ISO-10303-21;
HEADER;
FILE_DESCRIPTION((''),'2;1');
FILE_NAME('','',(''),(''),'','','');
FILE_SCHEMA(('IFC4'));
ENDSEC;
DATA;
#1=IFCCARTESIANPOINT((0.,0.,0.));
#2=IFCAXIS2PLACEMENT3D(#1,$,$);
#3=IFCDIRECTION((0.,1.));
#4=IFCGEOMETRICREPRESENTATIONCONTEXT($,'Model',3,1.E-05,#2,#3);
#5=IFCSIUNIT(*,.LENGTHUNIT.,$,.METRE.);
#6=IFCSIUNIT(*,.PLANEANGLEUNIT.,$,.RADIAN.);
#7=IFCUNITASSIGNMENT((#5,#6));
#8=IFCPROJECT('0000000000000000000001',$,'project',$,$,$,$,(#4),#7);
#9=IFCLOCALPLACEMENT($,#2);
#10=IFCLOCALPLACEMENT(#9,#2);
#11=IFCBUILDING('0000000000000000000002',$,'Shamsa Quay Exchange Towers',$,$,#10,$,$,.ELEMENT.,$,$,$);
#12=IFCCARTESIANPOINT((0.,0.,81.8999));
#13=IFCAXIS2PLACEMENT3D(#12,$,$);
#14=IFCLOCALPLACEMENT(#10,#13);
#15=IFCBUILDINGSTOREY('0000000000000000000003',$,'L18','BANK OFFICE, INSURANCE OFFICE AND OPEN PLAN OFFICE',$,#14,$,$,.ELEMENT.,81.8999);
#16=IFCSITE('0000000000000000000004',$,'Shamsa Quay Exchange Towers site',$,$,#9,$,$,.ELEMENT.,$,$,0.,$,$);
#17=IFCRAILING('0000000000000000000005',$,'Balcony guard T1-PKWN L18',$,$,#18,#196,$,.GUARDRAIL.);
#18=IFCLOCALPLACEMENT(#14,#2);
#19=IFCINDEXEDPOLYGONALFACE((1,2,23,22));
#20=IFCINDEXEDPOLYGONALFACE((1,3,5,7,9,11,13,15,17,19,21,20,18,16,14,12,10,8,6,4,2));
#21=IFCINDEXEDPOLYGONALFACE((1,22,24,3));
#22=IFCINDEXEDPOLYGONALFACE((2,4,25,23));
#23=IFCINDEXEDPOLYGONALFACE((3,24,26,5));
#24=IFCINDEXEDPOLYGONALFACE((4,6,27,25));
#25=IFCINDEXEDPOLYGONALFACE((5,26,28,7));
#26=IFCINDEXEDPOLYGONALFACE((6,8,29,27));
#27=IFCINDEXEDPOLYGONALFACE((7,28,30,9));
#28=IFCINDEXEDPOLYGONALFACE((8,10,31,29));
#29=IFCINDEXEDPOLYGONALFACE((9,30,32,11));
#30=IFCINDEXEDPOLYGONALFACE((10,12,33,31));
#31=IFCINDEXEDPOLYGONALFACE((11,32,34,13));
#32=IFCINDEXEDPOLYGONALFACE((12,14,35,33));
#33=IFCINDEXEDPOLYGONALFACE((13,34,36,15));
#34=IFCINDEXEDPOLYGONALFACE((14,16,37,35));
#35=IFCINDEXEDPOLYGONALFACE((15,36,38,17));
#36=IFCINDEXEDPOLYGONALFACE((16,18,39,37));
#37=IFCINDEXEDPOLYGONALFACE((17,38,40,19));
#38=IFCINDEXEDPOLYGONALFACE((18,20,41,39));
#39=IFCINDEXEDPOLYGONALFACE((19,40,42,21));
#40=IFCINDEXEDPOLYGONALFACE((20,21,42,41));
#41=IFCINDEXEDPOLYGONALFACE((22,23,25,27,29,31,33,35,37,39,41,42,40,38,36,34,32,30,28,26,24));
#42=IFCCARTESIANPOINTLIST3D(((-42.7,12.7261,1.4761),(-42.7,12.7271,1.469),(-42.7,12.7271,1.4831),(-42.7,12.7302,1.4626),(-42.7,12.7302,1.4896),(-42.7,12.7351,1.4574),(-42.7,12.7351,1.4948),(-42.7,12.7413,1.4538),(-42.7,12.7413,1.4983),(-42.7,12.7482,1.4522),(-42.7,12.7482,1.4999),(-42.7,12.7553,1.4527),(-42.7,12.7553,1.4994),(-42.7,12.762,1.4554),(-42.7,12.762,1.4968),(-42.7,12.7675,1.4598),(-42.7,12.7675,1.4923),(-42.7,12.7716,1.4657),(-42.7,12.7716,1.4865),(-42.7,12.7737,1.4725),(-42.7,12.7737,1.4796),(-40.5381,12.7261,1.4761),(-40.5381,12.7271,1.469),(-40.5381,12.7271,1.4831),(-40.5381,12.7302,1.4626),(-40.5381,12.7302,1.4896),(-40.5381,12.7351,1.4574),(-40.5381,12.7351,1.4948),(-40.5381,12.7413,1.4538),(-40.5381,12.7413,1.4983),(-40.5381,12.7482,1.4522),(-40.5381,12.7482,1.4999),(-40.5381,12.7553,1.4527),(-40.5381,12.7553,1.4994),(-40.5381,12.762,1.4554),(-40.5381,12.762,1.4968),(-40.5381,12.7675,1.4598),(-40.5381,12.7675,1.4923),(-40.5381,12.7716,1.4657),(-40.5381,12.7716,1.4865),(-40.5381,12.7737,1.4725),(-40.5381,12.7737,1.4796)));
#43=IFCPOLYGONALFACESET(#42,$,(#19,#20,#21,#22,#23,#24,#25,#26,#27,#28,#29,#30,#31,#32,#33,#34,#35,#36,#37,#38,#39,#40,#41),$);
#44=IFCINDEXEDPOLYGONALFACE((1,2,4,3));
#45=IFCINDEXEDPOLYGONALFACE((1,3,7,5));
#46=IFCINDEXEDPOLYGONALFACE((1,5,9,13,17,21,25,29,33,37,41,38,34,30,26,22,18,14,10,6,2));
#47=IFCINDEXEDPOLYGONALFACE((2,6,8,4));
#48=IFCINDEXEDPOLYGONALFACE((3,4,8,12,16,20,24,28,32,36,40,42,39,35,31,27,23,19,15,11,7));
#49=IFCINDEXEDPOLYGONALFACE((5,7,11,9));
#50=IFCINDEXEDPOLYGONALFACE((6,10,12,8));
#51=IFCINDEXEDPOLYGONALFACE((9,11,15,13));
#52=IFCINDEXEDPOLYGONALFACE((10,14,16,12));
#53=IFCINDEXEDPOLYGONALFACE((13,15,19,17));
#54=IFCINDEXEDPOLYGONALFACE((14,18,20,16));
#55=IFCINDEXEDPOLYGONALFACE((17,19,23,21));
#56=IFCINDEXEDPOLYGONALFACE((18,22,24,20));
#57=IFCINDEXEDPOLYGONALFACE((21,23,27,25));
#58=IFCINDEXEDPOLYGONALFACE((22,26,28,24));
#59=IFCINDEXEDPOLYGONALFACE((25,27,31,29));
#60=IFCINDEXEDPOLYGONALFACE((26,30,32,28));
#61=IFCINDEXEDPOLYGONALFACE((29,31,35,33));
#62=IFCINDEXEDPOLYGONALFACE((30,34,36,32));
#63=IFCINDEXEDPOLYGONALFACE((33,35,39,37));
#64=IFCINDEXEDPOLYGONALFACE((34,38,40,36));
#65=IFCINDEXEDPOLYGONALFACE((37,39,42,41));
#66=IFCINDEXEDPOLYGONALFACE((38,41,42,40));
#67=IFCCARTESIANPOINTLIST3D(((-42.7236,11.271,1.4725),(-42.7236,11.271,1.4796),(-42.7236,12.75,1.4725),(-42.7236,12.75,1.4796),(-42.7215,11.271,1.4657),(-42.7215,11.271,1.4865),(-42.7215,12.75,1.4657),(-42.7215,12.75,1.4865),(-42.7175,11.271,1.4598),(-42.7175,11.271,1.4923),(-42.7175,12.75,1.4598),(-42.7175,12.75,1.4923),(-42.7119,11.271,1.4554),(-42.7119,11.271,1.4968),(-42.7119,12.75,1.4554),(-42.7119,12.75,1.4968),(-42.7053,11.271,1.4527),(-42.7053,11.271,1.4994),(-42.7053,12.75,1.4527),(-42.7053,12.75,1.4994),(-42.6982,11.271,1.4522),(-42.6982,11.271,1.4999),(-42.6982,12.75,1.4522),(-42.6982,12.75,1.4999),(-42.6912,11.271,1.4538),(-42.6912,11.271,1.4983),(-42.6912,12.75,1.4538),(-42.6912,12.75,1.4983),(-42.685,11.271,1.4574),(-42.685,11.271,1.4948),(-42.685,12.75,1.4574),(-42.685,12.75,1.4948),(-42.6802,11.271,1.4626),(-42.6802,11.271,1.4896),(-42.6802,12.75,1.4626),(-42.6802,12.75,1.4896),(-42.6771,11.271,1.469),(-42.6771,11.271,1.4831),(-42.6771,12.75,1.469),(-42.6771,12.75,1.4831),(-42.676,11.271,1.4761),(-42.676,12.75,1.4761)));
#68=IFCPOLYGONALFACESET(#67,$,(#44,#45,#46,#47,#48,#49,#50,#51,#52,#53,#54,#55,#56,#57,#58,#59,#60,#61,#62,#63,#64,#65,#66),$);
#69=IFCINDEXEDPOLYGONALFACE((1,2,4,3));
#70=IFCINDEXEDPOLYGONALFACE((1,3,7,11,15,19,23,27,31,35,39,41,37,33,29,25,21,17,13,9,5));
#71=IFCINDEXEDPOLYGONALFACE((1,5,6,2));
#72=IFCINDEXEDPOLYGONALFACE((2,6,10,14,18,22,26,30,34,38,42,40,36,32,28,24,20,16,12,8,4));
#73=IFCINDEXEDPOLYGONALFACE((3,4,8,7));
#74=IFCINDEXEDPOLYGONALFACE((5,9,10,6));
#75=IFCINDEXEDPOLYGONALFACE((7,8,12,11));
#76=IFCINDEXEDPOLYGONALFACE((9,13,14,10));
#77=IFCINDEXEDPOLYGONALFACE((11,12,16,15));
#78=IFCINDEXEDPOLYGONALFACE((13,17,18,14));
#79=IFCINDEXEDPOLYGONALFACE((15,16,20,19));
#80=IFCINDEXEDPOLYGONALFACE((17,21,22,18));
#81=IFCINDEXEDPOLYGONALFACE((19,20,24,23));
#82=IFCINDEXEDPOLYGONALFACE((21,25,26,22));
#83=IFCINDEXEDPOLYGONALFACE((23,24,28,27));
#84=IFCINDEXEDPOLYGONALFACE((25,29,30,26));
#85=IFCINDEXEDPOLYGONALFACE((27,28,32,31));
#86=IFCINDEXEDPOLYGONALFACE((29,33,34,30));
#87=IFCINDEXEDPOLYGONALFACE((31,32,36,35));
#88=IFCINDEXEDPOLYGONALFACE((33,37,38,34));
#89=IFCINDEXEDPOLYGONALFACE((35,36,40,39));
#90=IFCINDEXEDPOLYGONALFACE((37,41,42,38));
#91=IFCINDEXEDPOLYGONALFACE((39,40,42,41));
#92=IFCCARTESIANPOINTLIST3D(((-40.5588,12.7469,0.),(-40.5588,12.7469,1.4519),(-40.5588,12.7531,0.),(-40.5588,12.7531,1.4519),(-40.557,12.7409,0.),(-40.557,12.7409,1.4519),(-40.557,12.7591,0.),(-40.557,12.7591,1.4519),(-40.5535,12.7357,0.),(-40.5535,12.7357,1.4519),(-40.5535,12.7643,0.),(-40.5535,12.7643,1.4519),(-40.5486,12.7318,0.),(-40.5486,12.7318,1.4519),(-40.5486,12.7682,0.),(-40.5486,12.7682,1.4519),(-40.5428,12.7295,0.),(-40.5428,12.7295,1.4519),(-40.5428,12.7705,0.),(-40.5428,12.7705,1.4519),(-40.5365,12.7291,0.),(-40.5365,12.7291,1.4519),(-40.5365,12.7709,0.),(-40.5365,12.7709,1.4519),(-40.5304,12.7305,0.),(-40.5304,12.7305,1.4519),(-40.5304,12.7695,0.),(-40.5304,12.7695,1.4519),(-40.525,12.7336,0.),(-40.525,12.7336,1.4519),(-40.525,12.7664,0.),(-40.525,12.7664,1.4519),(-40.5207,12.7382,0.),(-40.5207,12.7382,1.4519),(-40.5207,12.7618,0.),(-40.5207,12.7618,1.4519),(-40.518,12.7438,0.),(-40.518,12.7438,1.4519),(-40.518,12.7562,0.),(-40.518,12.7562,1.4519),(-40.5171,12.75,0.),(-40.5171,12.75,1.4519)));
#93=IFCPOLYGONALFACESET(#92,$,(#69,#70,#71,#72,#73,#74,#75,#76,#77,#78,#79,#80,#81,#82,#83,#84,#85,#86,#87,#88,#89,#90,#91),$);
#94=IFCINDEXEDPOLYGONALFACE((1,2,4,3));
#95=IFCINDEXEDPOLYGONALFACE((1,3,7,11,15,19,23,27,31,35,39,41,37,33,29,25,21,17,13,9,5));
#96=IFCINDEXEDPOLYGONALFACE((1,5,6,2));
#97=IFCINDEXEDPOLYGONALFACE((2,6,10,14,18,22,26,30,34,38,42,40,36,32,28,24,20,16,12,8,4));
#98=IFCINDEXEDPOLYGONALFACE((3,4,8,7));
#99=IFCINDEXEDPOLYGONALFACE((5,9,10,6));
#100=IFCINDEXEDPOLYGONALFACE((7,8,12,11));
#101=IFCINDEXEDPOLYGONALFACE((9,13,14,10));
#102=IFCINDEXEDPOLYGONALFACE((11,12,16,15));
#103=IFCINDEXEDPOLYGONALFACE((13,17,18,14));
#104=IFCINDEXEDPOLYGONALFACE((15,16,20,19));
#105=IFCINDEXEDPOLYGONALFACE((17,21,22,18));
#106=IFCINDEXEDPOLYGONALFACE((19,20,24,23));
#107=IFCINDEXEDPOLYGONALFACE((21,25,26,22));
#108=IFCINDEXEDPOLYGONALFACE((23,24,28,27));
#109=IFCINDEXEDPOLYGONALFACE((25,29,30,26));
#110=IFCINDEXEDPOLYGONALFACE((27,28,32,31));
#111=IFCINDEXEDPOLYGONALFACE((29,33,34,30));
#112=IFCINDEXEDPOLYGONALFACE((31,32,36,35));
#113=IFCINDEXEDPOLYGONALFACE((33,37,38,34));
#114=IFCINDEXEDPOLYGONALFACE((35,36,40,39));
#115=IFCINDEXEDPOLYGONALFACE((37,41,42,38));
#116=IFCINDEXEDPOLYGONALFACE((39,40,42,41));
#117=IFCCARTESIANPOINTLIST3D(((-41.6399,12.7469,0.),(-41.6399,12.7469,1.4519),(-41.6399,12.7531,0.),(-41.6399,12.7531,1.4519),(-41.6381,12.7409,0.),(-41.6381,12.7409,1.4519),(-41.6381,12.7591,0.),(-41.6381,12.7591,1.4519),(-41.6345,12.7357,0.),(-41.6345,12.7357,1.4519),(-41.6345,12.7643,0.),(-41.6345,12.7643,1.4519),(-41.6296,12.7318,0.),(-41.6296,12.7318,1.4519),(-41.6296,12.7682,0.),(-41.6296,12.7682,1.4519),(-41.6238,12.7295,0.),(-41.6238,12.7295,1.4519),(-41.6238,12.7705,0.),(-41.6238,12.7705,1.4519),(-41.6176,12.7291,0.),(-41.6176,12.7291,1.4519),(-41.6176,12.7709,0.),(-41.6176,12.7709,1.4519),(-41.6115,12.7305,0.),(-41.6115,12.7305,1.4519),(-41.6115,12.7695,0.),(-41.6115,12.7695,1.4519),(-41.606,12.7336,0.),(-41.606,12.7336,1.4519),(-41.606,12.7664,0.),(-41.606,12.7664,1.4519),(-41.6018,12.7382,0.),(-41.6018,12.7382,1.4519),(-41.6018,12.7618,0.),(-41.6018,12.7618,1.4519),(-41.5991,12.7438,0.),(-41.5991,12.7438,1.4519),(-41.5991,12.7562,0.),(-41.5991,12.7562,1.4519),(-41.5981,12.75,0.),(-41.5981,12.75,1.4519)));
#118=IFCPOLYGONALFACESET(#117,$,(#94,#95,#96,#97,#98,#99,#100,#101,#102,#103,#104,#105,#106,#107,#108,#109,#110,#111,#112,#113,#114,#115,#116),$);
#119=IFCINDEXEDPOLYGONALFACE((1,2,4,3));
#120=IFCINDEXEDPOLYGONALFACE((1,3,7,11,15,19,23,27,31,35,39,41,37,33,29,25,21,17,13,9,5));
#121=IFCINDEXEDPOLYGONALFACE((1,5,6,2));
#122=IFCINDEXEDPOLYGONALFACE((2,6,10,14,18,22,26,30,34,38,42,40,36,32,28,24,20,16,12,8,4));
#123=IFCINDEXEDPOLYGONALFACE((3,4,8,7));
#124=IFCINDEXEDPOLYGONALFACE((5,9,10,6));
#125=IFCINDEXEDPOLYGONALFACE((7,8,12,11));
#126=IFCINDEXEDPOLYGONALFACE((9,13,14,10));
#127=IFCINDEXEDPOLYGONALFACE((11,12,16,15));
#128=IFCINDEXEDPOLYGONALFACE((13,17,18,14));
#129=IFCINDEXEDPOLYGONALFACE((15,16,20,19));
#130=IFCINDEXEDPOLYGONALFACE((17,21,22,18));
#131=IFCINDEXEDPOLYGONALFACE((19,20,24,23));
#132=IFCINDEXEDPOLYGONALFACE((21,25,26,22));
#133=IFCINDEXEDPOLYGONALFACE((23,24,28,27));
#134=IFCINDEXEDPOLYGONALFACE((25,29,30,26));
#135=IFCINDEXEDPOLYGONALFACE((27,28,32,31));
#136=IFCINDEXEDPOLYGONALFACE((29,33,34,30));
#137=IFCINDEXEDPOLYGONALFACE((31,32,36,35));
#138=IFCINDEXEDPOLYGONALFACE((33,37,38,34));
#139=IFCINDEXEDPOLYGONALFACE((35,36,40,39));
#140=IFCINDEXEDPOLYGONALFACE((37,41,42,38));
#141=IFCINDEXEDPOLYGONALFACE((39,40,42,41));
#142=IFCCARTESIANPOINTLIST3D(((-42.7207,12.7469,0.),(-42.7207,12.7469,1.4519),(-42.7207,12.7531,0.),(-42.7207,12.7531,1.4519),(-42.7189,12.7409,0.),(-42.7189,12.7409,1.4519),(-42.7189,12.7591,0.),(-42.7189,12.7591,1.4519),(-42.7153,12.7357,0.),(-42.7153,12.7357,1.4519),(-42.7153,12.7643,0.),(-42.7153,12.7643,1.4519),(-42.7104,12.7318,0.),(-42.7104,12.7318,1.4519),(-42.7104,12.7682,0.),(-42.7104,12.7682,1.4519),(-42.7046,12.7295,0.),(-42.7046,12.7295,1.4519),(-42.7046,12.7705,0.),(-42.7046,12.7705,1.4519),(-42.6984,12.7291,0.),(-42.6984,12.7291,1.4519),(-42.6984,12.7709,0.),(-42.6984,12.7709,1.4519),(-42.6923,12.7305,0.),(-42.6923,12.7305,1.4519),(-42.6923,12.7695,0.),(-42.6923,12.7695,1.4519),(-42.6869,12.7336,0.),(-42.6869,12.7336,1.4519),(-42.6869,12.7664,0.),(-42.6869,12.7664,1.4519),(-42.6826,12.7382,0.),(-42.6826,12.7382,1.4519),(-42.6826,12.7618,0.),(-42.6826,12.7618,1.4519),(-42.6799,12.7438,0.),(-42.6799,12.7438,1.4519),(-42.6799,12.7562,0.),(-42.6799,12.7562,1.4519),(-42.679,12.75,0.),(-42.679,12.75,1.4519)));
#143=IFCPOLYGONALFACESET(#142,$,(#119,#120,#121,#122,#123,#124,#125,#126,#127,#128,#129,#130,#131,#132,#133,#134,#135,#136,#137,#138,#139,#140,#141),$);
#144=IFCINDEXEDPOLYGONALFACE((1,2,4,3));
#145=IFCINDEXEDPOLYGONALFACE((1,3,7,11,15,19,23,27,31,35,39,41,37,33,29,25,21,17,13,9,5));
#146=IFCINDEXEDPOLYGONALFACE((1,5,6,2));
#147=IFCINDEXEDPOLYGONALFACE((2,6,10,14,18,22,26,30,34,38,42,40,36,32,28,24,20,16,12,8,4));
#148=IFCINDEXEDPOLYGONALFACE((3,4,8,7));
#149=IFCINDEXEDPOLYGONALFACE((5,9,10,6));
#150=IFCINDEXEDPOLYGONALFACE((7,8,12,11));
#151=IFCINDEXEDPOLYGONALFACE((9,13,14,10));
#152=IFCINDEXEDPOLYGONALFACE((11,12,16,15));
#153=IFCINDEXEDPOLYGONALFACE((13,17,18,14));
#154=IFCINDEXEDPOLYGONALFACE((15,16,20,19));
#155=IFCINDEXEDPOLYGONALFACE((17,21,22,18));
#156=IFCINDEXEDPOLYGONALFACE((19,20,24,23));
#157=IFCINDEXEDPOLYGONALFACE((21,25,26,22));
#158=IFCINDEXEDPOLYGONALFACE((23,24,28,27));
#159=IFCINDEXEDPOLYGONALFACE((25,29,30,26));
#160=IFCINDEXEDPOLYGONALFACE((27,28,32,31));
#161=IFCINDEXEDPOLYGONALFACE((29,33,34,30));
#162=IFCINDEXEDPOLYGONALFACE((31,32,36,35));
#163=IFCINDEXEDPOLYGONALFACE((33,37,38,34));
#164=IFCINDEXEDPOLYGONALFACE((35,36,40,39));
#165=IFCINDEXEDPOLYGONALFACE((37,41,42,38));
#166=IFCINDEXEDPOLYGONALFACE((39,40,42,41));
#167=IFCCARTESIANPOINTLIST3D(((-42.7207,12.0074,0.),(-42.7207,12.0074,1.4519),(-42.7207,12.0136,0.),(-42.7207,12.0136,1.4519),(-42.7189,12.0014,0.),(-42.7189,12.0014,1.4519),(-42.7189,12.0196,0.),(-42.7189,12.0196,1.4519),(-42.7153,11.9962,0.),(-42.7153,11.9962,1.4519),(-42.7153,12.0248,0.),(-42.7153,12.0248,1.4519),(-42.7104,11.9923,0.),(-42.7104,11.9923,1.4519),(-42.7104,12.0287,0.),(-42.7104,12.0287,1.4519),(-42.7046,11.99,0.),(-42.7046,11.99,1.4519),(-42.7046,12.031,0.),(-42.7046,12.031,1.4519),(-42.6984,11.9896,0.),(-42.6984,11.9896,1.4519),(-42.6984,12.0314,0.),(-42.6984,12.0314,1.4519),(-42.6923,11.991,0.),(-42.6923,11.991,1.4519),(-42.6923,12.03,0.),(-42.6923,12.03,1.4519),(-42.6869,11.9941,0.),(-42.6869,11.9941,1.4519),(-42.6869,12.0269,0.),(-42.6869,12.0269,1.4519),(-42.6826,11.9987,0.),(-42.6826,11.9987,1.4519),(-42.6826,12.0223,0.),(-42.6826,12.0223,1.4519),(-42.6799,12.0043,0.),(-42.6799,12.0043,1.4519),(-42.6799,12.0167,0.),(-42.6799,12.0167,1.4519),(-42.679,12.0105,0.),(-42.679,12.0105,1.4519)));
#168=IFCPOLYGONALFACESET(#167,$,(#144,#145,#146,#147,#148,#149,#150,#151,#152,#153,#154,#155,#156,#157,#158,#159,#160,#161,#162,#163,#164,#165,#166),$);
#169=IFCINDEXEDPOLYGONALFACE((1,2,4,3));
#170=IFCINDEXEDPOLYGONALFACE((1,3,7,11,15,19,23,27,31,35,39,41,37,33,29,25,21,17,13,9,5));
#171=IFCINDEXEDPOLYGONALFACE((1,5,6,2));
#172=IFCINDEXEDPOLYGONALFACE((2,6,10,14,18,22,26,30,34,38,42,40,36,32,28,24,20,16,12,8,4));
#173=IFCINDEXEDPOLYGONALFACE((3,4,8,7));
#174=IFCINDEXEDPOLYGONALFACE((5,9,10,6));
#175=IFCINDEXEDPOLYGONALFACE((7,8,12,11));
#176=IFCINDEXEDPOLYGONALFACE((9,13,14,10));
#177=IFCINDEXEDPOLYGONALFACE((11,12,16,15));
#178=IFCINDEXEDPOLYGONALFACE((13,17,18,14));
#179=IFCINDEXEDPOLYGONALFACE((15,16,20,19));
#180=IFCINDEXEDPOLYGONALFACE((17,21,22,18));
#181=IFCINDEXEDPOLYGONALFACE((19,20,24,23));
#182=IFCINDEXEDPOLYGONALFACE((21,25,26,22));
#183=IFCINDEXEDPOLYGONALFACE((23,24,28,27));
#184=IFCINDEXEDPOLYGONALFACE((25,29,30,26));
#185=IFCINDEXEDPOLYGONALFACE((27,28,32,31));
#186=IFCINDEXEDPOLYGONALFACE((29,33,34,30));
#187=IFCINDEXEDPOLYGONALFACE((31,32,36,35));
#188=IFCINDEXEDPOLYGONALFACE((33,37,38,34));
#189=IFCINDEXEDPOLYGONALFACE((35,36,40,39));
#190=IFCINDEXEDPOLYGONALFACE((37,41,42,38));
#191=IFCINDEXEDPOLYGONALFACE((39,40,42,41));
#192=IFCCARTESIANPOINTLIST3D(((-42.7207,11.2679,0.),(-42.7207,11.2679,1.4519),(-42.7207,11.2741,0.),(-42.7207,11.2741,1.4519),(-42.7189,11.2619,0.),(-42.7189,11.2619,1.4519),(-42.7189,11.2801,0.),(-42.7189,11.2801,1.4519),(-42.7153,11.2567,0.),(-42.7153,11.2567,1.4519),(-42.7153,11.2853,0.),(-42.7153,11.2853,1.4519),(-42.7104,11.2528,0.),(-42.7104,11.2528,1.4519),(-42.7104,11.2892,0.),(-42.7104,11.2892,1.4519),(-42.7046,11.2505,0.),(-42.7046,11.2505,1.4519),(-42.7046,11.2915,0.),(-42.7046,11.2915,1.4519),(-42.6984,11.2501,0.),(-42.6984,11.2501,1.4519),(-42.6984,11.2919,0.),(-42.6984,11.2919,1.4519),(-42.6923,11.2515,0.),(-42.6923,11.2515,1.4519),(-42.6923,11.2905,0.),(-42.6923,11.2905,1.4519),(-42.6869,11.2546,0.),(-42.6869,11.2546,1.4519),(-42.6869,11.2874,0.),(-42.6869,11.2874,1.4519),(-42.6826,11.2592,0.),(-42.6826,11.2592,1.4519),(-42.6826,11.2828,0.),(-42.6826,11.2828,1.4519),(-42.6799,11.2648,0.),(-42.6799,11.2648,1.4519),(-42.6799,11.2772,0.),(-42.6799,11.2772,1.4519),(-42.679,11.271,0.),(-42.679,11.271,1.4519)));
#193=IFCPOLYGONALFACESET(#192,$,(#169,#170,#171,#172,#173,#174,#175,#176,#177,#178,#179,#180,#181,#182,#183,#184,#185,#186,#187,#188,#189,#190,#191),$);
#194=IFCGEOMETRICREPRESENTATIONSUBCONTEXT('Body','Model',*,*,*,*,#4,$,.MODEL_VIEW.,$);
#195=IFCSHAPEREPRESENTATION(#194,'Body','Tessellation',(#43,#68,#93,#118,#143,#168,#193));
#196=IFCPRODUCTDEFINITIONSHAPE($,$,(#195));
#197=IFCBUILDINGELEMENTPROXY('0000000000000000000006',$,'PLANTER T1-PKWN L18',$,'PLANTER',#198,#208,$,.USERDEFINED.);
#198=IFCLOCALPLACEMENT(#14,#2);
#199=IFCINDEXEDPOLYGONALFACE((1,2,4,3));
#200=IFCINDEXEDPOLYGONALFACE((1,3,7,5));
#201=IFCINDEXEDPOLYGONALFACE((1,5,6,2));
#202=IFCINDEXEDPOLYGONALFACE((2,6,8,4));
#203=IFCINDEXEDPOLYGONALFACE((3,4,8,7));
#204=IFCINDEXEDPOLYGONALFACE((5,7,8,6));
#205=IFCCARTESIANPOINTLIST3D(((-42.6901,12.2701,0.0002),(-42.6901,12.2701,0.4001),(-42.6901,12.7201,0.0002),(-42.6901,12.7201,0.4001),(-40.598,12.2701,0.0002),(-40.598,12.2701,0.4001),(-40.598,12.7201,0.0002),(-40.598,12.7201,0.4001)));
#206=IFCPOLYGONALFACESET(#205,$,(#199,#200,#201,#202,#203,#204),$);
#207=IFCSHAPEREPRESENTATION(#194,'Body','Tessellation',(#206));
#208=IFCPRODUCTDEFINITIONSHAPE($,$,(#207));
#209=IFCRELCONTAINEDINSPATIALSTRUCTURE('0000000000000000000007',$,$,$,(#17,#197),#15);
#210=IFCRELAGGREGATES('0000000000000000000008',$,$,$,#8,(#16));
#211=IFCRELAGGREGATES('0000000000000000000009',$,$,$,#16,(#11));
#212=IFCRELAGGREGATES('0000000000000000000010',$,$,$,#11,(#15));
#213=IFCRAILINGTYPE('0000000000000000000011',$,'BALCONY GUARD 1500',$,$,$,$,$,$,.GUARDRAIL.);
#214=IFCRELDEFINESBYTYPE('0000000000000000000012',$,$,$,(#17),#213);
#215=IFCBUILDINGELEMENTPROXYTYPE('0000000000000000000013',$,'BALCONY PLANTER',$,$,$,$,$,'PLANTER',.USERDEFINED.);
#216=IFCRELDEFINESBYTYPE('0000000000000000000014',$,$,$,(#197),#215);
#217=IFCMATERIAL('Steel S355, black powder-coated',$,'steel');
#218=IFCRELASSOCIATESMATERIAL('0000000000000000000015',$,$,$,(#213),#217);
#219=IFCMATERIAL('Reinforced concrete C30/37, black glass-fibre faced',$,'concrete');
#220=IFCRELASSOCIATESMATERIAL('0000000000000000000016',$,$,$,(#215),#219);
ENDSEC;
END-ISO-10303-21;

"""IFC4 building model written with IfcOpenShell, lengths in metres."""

from ifc_helpers import new_model, si_unit, direction, frame, origin, origin_2d, place, context, subcontext, project, spatial, rectangle, circle, extrude, material, type_object, element, save


model = new_model("IFC4")

# Units and contexts
model_context = context("Model", 3, precision=1e-05, world=origin(), true_north=direction((0.0, 1.0)))
body_context = subcontext(model_context, "Body", "Model", "MODEL_VIEW")
ifc_project = project(units=[si_unit("LENGTHUNIT", "METRE"), si_unit("PLANEANGLEUNIT", "RADIAN")], contexts=[model_context])

# Site, building, storey
site_placement = place(None, origin())
site = spatial("IfcSite", under=ifc_project, at=site_placement, Name="Shamsa Quay Exchange Towers site", CompositionType="ELEMENT", RefElevation=0.0)
building_placement = place(site_placement, origin())
building = spatial("IfcBuilding", under=site, at=building_placement, Name="Shamsa Quay Exchange Towers", CompositionType="ELEMENT")
storey_placement = place(building_placement, frame((0.0, 0.0, 81.8999)))
storey = spatial("IfcBuildingStorey", under=building, at=storey_placement, Name="L18", Description="BANK OFFICE, INSURANCE OFFICE AND OPEN PLAN OFFICE", CompositionType="ELEMENT", Elevation=81.8999)

# Railing
ifc_material_1 = material(Name="Steel S355, black powder-coated", Category="steel")
railing_type = type_object("IfcRailingType", Name="BALCONY GUARD 1500", PredefinedType="GUARDRAIL", material=ifc_material_1)
railing_placement = place(storey_placement, frame((-40.5381, 12.75, 0.0)))
element("IfcRailing", 1, at=railing_placement, inside=storey, type_object=railing_type, Name="Balcony guard T1-PKWN L18", PredefinedType="GUARDRAIL", context=body_context, shape_type="SweptSolid", body=[
    extrude(circle(Radius=0.0239, at=origin_2d()), frame((0.0, 0.0, 1.4761), z_axis=(-1.0, 0.0, 0.0), x_axis=(0.0, -1.0, 0.0)), (0.0, 0.0, 1.0), 2.1619),
    extrude(circle(Radius=0.0239, at=origin_2d()), frame((-2.1619, 0.0, 1.4761), z_axis=(0.0, -1.0, 0.0), x_axis=(1.0, 0.0, 0.0)), (0.0, 0.0, 1.0), 1.479),
    extrude(circle(Radius=0.021, at=origin_2d()), origin(), (0.0, 0.0, 1.0), 1.4519),
    extrude(circle(Radius=0.021, at=origin_2d()), frame((-1.0811, 0.0, 0.0)), (0.0, 0.0, 1.0), 1.4519),
    extrude(circle(Radius=0.021, at=origin_2d()), frame((-2.1619, 0.0, 0.0)), (0.0, 0.0, 1.0), 1.4519),
    extrude(circle(Radius=0.021, at=origin_2d()), frame((-2.1619, -0.7395, 0.0)), (0.0, 0.0, 1.0), 1.4519),
    extrude(circle(Radius=0.021, at=origin_2d()), frame((-2.1619, -1.479, 0.0)), (0.0, 0.0, 1.0), 1.4519),
])

# Building element proxy
ifc_material_2 = material(Name="Reinforced concrete C30/37, black glass-fibre faced", Category="concrete")
building_element_proxy_type = type_object("IfcBuildingElementProxyType", Name="BALCONY PLANTER", ElementType="PLANTER", PredefinedType="USERDEFINED", material=ifc_material_2)
proxy_placement = place(storey_placement, frame((-41.644, 12.4951, 0.0002), z_axis=(0.0, 0.0, 1.0), x_axis=(-1.0, 0.0, 0.0)))
element("IfcBuildingElementProxy", 2, at=proxy_placement, inside=storey, type_object=building_element_proxy_type, Name="PLANTER T1-PKWN L18", ObjectType="PLANTER", PredefinedType="USERDEFINED", context=body_context, shape_type="SweptSolid", body=[
    extrude(rectangle(XDim=2.092, YDim=0.45, at=origin_2d()), origin(), (0.0, 0.0, 1.0), 0.3999),
])

save(model, "model.ifc")
